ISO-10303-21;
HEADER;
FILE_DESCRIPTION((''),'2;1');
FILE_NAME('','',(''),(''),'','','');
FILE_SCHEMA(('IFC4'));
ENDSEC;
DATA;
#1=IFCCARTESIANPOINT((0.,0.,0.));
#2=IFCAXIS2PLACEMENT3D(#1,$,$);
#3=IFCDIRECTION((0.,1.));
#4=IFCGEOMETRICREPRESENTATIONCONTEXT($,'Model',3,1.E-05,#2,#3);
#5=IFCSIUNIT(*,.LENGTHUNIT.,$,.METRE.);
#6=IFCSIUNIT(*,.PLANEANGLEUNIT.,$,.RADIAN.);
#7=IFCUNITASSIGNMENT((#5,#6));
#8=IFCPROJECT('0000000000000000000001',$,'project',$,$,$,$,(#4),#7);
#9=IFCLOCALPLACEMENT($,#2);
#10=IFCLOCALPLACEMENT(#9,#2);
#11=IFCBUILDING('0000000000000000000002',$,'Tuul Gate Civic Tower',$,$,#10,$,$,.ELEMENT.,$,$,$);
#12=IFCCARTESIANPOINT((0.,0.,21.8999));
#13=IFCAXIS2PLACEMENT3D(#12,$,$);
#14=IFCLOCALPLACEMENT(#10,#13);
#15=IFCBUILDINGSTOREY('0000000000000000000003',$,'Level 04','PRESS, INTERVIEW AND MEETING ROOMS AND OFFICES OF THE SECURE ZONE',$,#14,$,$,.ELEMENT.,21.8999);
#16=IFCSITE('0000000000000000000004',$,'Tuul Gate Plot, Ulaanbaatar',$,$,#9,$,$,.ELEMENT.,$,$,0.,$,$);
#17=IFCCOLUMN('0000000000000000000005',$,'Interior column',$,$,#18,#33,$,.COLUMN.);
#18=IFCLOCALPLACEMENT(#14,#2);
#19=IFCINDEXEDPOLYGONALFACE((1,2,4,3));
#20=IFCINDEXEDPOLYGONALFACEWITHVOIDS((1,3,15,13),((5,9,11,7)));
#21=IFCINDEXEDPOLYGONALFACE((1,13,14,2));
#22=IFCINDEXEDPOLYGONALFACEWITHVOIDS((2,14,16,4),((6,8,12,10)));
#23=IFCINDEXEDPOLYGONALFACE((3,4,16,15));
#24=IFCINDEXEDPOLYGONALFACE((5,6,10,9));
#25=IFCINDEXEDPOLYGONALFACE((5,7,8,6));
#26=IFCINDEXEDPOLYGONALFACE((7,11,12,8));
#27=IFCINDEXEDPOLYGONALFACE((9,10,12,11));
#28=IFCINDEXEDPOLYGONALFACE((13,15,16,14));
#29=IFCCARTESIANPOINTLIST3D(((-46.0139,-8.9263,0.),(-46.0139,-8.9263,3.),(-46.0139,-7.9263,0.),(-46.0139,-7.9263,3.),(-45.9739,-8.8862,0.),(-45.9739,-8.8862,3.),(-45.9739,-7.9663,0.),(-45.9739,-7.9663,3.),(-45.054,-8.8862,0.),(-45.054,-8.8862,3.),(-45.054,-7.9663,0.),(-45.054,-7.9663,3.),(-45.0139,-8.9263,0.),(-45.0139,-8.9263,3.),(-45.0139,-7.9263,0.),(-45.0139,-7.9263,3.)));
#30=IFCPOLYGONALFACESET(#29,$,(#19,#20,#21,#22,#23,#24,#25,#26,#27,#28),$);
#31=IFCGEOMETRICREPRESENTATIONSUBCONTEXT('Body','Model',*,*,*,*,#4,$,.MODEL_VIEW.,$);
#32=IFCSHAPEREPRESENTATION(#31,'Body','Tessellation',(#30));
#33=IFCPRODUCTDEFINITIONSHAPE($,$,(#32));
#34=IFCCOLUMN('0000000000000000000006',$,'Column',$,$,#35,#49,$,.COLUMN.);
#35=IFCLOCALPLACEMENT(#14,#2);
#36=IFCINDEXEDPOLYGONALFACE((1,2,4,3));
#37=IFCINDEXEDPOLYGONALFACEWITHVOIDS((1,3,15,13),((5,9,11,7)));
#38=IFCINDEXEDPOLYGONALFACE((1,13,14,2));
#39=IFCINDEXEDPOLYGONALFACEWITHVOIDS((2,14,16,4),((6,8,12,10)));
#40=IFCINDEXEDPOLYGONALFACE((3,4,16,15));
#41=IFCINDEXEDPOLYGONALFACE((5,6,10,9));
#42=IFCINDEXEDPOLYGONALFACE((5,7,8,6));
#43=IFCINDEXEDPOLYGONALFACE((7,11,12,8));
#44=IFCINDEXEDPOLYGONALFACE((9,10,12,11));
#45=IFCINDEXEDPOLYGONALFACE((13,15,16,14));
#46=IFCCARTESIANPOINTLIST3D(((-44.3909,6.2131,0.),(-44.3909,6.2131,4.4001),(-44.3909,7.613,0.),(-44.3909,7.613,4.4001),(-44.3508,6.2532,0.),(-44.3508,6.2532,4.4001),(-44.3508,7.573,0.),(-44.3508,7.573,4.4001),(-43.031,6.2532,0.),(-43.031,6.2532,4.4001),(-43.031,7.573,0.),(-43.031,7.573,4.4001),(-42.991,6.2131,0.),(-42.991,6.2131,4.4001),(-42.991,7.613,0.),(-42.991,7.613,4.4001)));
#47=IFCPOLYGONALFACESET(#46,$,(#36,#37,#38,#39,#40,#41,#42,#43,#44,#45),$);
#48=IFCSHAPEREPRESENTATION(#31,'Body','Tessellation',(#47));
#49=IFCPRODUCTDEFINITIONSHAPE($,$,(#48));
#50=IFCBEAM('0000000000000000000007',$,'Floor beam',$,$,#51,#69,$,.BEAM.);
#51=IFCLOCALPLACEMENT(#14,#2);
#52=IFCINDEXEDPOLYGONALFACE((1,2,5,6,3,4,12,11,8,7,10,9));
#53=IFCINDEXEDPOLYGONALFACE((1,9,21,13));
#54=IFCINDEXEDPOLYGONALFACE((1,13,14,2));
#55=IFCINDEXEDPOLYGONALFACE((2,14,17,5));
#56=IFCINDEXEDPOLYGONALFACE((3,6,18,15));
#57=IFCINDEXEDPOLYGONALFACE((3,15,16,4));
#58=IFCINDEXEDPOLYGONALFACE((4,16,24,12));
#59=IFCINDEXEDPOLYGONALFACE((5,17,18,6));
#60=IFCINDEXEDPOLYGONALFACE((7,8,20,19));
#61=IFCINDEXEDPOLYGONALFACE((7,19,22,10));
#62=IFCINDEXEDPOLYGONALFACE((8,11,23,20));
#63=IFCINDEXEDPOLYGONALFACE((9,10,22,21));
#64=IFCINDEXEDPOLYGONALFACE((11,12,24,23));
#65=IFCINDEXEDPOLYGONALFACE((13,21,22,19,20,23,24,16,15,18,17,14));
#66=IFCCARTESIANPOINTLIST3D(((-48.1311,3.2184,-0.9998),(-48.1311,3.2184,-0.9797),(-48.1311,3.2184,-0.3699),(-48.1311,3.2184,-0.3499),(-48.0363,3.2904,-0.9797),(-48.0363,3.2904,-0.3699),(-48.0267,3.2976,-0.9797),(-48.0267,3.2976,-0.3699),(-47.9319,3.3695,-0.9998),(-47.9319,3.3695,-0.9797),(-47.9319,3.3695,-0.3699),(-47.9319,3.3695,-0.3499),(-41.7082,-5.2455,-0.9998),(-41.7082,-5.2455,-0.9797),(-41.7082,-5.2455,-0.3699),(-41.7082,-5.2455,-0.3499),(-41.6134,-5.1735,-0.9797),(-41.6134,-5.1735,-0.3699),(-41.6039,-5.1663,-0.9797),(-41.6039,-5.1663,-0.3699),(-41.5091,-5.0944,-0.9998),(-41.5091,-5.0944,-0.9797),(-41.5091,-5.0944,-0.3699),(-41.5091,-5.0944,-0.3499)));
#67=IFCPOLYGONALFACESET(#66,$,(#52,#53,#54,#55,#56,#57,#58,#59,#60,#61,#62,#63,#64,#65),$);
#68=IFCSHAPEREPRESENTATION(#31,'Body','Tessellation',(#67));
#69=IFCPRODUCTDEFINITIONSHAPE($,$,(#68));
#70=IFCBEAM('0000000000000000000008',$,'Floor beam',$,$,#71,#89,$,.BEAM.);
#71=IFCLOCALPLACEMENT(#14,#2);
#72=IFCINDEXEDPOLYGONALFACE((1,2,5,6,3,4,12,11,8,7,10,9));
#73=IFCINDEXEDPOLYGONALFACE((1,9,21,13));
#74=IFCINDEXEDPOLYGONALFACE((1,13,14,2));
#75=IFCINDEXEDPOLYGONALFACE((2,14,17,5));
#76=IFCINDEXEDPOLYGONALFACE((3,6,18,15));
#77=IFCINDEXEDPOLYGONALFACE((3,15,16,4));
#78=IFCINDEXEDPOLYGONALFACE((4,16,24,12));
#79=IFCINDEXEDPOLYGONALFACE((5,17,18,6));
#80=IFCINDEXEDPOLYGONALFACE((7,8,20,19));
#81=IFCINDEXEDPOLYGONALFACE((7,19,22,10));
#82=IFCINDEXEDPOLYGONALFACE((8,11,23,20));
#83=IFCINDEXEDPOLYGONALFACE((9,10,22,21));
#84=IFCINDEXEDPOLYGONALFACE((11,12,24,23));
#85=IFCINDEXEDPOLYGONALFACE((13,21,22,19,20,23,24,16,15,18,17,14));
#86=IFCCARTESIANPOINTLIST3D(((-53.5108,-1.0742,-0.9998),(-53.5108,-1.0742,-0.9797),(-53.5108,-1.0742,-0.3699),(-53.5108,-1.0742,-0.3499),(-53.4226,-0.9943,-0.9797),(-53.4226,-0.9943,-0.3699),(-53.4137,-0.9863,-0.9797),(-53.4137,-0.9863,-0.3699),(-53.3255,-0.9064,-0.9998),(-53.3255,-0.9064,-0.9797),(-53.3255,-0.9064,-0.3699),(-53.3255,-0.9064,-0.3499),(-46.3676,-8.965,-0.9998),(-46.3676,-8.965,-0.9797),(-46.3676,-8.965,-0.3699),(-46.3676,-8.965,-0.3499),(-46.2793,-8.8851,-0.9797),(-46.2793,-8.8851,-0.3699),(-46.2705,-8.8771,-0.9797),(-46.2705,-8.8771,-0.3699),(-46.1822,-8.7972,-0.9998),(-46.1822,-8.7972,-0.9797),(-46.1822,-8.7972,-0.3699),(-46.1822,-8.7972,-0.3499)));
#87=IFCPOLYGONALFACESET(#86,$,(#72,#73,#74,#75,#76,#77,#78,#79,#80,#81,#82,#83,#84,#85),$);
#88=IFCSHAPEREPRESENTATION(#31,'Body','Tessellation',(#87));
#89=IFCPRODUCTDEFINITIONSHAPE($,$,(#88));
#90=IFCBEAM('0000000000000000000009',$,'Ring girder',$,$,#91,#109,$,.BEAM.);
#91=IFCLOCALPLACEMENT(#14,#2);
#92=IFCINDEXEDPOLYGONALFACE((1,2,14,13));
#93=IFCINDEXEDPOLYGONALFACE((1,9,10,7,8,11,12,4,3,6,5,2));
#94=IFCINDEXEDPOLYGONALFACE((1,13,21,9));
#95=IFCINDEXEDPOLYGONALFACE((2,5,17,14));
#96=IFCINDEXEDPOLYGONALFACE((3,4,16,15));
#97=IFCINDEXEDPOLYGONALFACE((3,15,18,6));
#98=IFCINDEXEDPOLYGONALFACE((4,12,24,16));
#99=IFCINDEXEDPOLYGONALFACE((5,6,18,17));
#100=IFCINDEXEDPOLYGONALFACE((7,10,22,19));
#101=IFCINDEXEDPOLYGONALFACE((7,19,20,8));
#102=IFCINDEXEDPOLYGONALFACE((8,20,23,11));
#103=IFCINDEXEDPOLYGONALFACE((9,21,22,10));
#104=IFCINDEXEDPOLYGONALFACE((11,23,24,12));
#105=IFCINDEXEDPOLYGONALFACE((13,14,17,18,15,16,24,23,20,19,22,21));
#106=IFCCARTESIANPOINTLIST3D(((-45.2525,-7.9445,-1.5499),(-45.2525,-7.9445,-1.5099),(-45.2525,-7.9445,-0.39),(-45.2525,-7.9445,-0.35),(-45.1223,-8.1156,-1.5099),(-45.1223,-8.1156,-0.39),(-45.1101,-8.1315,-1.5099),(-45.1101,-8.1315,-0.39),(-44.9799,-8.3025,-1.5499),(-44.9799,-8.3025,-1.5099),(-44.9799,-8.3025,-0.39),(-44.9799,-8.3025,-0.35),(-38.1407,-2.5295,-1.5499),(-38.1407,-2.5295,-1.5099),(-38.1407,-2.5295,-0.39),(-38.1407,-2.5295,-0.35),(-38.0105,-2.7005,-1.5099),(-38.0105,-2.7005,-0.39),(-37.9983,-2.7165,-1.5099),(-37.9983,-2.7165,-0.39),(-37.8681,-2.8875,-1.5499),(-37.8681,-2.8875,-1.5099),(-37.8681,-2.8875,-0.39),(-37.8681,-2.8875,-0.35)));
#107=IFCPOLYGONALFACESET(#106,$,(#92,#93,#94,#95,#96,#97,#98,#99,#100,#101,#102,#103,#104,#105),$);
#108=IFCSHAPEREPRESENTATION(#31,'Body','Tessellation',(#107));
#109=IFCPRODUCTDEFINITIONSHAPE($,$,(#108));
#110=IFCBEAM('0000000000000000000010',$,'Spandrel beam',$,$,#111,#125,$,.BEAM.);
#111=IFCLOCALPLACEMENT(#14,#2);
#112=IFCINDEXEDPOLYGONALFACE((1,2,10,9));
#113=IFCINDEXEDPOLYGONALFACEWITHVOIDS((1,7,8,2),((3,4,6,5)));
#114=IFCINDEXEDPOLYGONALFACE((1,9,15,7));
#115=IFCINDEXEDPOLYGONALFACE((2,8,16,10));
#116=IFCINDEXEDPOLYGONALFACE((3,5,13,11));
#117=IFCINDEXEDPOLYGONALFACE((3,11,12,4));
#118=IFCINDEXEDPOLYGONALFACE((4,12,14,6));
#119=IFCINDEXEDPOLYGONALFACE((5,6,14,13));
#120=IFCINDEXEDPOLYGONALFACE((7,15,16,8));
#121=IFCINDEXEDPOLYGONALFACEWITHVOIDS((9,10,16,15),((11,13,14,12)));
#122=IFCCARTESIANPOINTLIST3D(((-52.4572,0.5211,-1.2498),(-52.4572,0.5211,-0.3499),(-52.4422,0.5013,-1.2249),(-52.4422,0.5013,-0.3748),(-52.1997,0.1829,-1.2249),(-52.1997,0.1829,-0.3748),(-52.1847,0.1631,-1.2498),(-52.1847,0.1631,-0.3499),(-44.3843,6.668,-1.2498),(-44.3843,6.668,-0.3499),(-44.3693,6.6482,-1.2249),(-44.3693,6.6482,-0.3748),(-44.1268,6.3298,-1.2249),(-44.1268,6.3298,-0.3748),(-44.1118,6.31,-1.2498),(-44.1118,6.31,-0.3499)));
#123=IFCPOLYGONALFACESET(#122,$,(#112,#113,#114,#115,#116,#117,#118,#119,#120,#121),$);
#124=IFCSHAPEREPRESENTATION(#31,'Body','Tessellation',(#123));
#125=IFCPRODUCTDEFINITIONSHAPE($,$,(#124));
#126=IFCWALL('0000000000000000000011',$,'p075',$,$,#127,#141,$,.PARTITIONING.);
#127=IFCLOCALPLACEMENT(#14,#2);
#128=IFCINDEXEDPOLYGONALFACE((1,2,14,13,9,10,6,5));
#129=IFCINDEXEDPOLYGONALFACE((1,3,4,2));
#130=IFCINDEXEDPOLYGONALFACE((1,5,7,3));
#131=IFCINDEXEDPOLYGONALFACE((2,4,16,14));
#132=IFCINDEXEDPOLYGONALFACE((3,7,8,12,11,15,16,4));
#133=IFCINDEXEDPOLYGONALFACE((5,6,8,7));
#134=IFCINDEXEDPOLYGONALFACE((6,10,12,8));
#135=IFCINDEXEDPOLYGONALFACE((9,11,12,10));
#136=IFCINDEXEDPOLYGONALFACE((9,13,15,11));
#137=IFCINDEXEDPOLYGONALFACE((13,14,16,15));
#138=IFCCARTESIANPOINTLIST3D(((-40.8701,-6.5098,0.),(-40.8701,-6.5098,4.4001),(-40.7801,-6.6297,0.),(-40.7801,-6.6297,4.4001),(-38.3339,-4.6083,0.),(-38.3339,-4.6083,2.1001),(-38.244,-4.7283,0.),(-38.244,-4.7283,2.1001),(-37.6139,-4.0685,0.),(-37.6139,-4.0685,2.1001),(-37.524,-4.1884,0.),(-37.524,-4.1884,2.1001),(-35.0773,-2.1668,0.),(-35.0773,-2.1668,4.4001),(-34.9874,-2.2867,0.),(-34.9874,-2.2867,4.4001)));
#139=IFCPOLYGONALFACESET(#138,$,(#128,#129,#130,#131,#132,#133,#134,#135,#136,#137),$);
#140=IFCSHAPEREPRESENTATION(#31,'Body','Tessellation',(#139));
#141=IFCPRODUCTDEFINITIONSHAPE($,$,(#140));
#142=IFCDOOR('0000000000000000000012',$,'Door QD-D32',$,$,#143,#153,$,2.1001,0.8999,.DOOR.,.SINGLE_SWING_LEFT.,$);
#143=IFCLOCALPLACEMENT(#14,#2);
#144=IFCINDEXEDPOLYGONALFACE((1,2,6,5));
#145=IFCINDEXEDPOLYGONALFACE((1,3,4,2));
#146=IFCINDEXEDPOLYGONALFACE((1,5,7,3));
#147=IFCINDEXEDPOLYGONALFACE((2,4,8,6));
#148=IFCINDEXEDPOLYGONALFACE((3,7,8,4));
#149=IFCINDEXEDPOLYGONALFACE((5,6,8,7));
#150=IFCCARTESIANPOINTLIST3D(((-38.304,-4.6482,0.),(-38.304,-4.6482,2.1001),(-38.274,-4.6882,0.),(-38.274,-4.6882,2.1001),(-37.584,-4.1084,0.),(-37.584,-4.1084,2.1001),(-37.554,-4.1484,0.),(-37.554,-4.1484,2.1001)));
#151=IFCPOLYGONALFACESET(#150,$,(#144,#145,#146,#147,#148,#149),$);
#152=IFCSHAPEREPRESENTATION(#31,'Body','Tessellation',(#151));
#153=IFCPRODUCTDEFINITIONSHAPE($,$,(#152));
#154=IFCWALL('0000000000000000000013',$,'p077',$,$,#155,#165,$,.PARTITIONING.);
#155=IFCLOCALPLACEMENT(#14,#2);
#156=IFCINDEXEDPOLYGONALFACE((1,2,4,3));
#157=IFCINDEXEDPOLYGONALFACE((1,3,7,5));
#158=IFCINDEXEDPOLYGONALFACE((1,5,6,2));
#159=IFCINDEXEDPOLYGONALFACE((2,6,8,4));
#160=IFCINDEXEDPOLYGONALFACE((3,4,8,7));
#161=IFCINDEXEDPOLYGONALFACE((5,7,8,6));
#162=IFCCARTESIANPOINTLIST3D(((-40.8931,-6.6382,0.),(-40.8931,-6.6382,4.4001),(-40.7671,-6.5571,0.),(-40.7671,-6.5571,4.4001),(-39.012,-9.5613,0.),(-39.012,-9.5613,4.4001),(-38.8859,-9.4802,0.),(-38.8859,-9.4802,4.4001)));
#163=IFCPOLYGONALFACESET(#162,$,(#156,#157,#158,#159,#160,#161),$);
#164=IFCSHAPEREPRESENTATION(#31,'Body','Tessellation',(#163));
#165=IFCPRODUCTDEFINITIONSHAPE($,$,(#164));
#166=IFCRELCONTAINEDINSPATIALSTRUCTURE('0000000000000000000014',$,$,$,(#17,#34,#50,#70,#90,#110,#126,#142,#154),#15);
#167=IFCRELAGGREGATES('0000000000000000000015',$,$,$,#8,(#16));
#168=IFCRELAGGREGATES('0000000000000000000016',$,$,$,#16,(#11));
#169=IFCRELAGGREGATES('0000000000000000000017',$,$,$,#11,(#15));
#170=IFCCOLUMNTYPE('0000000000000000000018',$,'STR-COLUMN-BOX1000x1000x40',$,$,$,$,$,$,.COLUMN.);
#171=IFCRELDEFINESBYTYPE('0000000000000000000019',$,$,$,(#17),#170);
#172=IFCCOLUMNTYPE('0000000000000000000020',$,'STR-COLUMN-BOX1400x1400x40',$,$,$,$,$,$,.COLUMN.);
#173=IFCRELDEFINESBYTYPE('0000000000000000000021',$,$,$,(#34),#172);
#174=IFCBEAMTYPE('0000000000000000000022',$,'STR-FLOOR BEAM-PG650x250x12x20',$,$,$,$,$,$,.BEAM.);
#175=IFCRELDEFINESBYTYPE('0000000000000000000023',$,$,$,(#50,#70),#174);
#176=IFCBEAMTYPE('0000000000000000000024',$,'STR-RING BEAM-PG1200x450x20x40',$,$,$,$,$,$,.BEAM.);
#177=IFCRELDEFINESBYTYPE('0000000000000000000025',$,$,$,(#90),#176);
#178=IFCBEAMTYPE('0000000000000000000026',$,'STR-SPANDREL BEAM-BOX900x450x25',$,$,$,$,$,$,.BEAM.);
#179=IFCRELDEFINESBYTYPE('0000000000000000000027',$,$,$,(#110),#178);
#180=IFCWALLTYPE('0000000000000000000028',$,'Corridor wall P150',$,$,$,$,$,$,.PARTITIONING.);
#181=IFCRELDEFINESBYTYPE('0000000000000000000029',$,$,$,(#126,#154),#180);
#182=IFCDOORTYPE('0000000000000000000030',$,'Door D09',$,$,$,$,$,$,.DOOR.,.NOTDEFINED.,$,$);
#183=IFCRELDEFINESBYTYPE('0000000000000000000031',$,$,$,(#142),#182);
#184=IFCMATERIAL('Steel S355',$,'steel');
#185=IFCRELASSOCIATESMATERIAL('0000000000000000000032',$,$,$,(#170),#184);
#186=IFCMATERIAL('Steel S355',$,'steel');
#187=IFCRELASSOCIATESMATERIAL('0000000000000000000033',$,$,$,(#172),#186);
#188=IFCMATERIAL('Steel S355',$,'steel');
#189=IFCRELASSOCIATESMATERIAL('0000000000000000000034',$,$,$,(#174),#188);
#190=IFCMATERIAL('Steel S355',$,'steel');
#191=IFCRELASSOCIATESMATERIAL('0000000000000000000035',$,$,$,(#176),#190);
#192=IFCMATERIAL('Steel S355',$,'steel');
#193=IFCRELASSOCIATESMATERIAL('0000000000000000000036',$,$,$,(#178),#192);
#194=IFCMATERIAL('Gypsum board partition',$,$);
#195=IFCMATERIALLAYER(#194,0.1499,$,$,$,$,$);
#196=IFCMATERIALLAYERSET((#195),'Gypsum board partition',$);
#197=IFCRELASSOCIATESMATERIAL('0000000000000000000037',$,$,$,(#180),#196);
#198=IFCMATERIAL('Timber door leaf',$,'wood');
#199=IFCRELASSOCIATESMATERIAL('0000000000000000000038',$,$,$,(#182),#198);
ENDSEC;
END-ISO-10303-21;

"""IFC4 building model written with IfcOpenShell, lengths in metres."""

from ifc_helpers import new_model, si_unit, direction, frame, frame_2d, origin, origin_2d, place, context, subcontext, project, spatial, rectangle, hollow_rectangle, i_section, extrude, material, layer, layer_set, material_profile, profile_set, type_object, element, fill, save


model = new_model("IFC4")

# Units and contexts
model_context = context("Model", 3, precision=1e-05, world=origin(), true_north=direction((0.0, 1.0)))
body_context = subcontext(model_context, "Body", "Model", "MODEL_VIEW")
ifc_project = project(units=[si_unit("LENGTHUNIT", "METRE"), si_unit("PLANEANGLEUNIT", "RADIAN")], contexts=[model_context])

# Site, building, storey
site_placement = place(None, origin())
site = spatial("IfcSite", under=ifc_project, at=site_placement, Name="Tuul Gate Plot, Ulaanbaatar", CompositionType="ELEMENT", RefElevation=0.0)
building_placement = place(site_placement, origin())
building = spatial("IfcBuilding", under=site, at=building_placement, Name="Tuul Gate Civic Tower", CompositionType="ELEMENT")
storey_placement = place(building_placement, frame((0.0, 0.0, 21.8999)))
storey = spatial("IfcBuildingStorey", under=building, at=storey_placement, Name="Level 04", Description="PRESS, INTERVIEW AND MEETING ROOMS AND OFFICES OF THE SECURE ZONE", CompositionType="ELEMENT", Elevation=21.8999)

# Columns
ifc_material_1 = material(Name="Steel S355", Category="steel")
ifc_material_profile_1 = material_profile(ifc_material_1, hollow_rectangle(XDim=1.0, YDim=1.0, WallThickness=0.04, at=origin_2d()), Name="BOX1000x1000x40")
ifc_profile_set_1 = profile_set([ifc_material_profile_1], Name="Steel S355")
column_type_1 = type_object("IfcColumnType", Name="STR-COLUMN-BOX1000x1000x40", PredefinedType="COLUMN", material=ifc_profile_set_1)
column_1_placement = place(storey_placement, frame((-45.5139, -8.4263, 0.0), z_axis=(0.0, 0.0, 1.0), x_axis=(1.0, 0.0, 0.0)))
element("IfcColumn", 1, at=column_1_placement, inside=storey, type_object=column_type_1, Name="Interior column", PredefinedType="COLUMN", context=body_context, shape_type="SweptSolid", body=[
    extrude(hollow_rectangle(XDim=1.0, YDim=1.0, WallThickness=0.04, at=origin_2d()), origin(), (0.0, 0.0, 1.0), 3.0),
])
ifc_material_2 = material(Name="Steel S355", Category="steel")
ifc_material_profile_2 = material_profile(ifc_material_2, hollow_rectangle(XDim=1.3999, YDim=1.3999, WallThickness=0.04, at=origin_2d()), Name="BOX1400x1400x40")
ifc_profile_set_2 = profile_set([ifc_material_profile_2], Name="Steel S355")
column_type_2 = type_object("IfcColumnType", Name="STR-COLUMN-BOX1400x1400x40", PredefinedType="COLUMN", material=ifc_profile_set_2)
column_2_placement = place(storey_placement, frame((-43.6909, 6.9131, 0.0), z_axis=(0.0, 0.0, 1.0), x_axis=(1.0, 0.0, 0.0)))
element("IfcColumn", 2, at=column_2_placement, inside=storey, type_object=column_type_2, Name="Column", PredefinedType="COLUMN", context=body_context, shape_type="SweptSolid", body=[
    extrude(hollow_rectangle(XDim=1.3999, YDim=1.3999, WallThickness=0.04, at=origin_2d()), origin(), (0.0, 0.0, 1.0), 4.4001),
])

# Beams
ifc_material_3 = material(Name="Steel S355", Category="steel")
ifc_material_profile_3 = material_profile(ifc_material_3, i_section(OverallWidth=0.25, OverallDepth=0.6499, WebThickness=0.012, FlangeThickness=0.02, at=origin_2d()), Name="PG650x250x12x20")
ifc_profile_set_3 = profile_set([ifc_material_profile_3], Name="Steel S355")
beam_type_1 = type_object("IfcBeamType", Name="STR-FLOOR BEAM-PG650x250x12x20", PredefinedType="BEAM", material=ifc_profile_set_3)
beam_1_placement = place(storey_placement, frame((-41.6086, -5.1699, -0.6748), z_axis=(-0.604505, 0.796601, 0.0), x_axis=(-0.796601, -0.604505, 0.0)))
element("IfcBeam", 3, at=beam_1_placement, inside=storey, type_object=beam_type_1, Name="Floor beam", PredefinedType="BEAM", context=body_context, shape_type="SweptSolid", body=[
    extrude(i_section(OverallWidth=0.25, OverallDepth=0.6499, WebThickness=0.012, FlangeThickness=0.02, at=origin_2d()), origin(), (0.0, 0.0, 1.0), 10.625),
])
beam_2_placement = place(storey_placement, frame((-46.2749, -8.8811, -0.6748), z_axis=(-0.671118, 0.741351, 0.0), x_axis=(-0.741351, -0.671118, 0.0)))
element("IfcBeam", 4, at=beam_2_placement, inside=storey, type_object=beam_type_1, Name="Floor beam", PredefinedType="BEAM", context=body_context, shape_type="SweptSolid", body=[
    extrude(i_section(OverallWidth=0.25, OverallDepth=0.6499, WebThickness=0.012, FlangeThickness=0.02, at=origin_2d()), origin(), (0.0, 0.0, 1.0), 10.6438),
])
ifc_material_4 = material(Name="Steel S355", Category="steel")
ifc_material_profile_4 = material_profile(ifc_material_4, i_section(OverallWidth=0.45, OverallDepth=1.2, WebThickness=0.02, FlangeThickness=0.04, at=origin_2d()), Name="PG1200x450x20x40")
ifc_profile_set_4 = profile_set([ifc_material_profile_4], Name="Steel S355")
beam_type_2 = type_object("IfcBeamType", Name="STR-RING BEAM-PG1200x450x20x40", PredefinedType="BEAM", material=ifc_profile_set_4)
beam_3_placement = place(storey_placement, frame((-45.1162, -8.1235, -0.95), z_axis=(0.79562, 0.605796, 0.0), x_axis=(-0.605796, 0.79562, 0.0)))
element("IfcBeam", 5, at=beam_3_placement, inside=storey, type_object=beam_type_2, Name="Ring girder", PredefinedType="BEAM", context=body_context, shape_type="SweptSolid", body=[
    extrude(i_section(OverallWidth=0.45, OverallDepth=1.2, WebThickness=0.02, FlangeThickness=0.04, at=origin_2d()), origin(), (0.0, 0.0, 1.0), 8.9387),
])
ifc_material_5 = material(Name="Steel S355", Category="steel")
ifc_material_profile_5 = material_profile(ifc_material_5, hollow_rectangle(XDim=0.45, YDim=0.8999, WallThickness=0.0249, at=origin_2d()), Name="BOX900x450x25")
ifc_profile_set_5 = profile_set([ifc_material_profile_5], Name="Steel S355")
beam_type_3 = type_object("IfcBeamType", Name="STR-SPANDREL BEAM-BOX900x450x25", PredefinedType="BEAM", material=ifc_profile_set_5)
beam_4_placement = place(storey_placement, frame((-44.248, 6.489, -0.7998), z_axis=(-0.795616, -0.605801, 0.0), x_axis=(0.605801, -0.795616, 0.0)))
element("IfcBeam", 6, at=beam_4_placement, inside=storey, type_object=beam_type_3, Name="Spandrel beam", PredefinedType="BEAM", context=body_context, shape_type="SweptSolid", body=[
    extrude(hollow_rectangle(XDim=0.45, YDim=0.8999, WallThickness=0.0249, at=origin_2d()), origin(), (0.0, 0.0, 1.0), 10.1467),
])

# Wall, opening, door
ifc_material_6 = material(Name="Gypsum board partition")
ifc_layer_1 = layer(ifc_material_6, 0.1499)
ifc_layer_set_1 = layer_set([ifc_layer_1], Name="Gypsum board partition")
wall_type_1 = type_object("IfcWallType", Name="Corridor wall P150", PredefinedType="PARTITIONING", material=ifc_layer_set_1)
wall_1_placement = place(storey_placement, frame((-40.8252, -6.5698, 0.0), z_axis=(0.0, 0.0, 1.0), x_axis=(0.800101, 0.599865, 0.0)))
wall_1 = element("IfcWall", 7, at=wall_1_placement, inside=storey, type_object=wall_type_1, Name="p075", PredefinedType="PARTITIONING", context=body_context, shape_type="SweptSolid", body=[
    extrude(rectangle(XDim=7.24, YDim=0.1499, at=frame_2d((3.6201, 0.0))), origin(), (0.0, 0.0, 1.0), 4.4001),
])
opening_1_placement = place(wall_1_placement, frame((3.1699, 0.0, 0.0)))
opening_1 = element("IfcOpeningElement", 8, at=opening_1_placement, cuts=wall_1, PredefinedType="OPENING", context=body_context, shape_type="SweptSolid", body=[
    extrude(rectangle(XDim=0.8999, YDim=2.1001, at=frame_2d((0.45, 1.05))), frame((0.0, 0.085, 0.0), z_axis=(0.0, -1.0, 0.0), x_axis=(1.0, 0.0, 0.0)), (0.0, 0.0, 1.0), 0.1699),
])
ifc_material_7 = material(Name="Timber door leaf", Category="wood")
door_type = type_object("IfcDoorType", Name="Door D09", OperationType="NOTDEFINED", PredefinedType="DOOR", material=ifc_material_7)
door_placement = place(opening_1_placement, frame((0.8999, 0.0, 0.0), z_axis=(0.0, 0.0, 1.0), x_axis=(-1.0, 0.0, 0.0)))
door = element("IfcDoor", 9, at=door_placement, inside=storey, type_object=door_type, Name="Door QD-D32", OperationType="SINGLE_SWING_LEFT", OverallHeight=2.1001, OverallWidth=0.8999, PredefinedType="DOOR", context=body_context, shape_type="SweptSolid", body=[
    extrude(rectangle(XDim=0.8999, YDim=2.1001, at=frame_2d((0.45, 1.05))), frame((0.0, 0.0249, 0.0), z_axis=(0.0, -1.0, 0.0), x_axis=(1.0, 0.0, 0.0)), (0.0, 0.0, 1.0), 0.05),
])
fill(opening_1, door)

# Wall
wall_2_placement = place(storey_placement, frame((-40.8301, -6.5977, 0.0), z_axis=(0.0, 0.0, 1.0), x_axis=(0.541159, -0.840921, 0.0)))
element("IfcWall", 10, at=wall_2_placement, inside=storey, type_object=wall_type_1, Name="p077", PredefinedType="PARTITIONING", context=body_context, shape_type="SweptSolid", body=[
    extrude(rectangle(XDim=3.4761, YDim=0.1499, at=frame_2d((1.738, 0.0))), origin(), (0.0, 0.0, 1.0), 4.4001),
])

save(model, "model.ifc")
